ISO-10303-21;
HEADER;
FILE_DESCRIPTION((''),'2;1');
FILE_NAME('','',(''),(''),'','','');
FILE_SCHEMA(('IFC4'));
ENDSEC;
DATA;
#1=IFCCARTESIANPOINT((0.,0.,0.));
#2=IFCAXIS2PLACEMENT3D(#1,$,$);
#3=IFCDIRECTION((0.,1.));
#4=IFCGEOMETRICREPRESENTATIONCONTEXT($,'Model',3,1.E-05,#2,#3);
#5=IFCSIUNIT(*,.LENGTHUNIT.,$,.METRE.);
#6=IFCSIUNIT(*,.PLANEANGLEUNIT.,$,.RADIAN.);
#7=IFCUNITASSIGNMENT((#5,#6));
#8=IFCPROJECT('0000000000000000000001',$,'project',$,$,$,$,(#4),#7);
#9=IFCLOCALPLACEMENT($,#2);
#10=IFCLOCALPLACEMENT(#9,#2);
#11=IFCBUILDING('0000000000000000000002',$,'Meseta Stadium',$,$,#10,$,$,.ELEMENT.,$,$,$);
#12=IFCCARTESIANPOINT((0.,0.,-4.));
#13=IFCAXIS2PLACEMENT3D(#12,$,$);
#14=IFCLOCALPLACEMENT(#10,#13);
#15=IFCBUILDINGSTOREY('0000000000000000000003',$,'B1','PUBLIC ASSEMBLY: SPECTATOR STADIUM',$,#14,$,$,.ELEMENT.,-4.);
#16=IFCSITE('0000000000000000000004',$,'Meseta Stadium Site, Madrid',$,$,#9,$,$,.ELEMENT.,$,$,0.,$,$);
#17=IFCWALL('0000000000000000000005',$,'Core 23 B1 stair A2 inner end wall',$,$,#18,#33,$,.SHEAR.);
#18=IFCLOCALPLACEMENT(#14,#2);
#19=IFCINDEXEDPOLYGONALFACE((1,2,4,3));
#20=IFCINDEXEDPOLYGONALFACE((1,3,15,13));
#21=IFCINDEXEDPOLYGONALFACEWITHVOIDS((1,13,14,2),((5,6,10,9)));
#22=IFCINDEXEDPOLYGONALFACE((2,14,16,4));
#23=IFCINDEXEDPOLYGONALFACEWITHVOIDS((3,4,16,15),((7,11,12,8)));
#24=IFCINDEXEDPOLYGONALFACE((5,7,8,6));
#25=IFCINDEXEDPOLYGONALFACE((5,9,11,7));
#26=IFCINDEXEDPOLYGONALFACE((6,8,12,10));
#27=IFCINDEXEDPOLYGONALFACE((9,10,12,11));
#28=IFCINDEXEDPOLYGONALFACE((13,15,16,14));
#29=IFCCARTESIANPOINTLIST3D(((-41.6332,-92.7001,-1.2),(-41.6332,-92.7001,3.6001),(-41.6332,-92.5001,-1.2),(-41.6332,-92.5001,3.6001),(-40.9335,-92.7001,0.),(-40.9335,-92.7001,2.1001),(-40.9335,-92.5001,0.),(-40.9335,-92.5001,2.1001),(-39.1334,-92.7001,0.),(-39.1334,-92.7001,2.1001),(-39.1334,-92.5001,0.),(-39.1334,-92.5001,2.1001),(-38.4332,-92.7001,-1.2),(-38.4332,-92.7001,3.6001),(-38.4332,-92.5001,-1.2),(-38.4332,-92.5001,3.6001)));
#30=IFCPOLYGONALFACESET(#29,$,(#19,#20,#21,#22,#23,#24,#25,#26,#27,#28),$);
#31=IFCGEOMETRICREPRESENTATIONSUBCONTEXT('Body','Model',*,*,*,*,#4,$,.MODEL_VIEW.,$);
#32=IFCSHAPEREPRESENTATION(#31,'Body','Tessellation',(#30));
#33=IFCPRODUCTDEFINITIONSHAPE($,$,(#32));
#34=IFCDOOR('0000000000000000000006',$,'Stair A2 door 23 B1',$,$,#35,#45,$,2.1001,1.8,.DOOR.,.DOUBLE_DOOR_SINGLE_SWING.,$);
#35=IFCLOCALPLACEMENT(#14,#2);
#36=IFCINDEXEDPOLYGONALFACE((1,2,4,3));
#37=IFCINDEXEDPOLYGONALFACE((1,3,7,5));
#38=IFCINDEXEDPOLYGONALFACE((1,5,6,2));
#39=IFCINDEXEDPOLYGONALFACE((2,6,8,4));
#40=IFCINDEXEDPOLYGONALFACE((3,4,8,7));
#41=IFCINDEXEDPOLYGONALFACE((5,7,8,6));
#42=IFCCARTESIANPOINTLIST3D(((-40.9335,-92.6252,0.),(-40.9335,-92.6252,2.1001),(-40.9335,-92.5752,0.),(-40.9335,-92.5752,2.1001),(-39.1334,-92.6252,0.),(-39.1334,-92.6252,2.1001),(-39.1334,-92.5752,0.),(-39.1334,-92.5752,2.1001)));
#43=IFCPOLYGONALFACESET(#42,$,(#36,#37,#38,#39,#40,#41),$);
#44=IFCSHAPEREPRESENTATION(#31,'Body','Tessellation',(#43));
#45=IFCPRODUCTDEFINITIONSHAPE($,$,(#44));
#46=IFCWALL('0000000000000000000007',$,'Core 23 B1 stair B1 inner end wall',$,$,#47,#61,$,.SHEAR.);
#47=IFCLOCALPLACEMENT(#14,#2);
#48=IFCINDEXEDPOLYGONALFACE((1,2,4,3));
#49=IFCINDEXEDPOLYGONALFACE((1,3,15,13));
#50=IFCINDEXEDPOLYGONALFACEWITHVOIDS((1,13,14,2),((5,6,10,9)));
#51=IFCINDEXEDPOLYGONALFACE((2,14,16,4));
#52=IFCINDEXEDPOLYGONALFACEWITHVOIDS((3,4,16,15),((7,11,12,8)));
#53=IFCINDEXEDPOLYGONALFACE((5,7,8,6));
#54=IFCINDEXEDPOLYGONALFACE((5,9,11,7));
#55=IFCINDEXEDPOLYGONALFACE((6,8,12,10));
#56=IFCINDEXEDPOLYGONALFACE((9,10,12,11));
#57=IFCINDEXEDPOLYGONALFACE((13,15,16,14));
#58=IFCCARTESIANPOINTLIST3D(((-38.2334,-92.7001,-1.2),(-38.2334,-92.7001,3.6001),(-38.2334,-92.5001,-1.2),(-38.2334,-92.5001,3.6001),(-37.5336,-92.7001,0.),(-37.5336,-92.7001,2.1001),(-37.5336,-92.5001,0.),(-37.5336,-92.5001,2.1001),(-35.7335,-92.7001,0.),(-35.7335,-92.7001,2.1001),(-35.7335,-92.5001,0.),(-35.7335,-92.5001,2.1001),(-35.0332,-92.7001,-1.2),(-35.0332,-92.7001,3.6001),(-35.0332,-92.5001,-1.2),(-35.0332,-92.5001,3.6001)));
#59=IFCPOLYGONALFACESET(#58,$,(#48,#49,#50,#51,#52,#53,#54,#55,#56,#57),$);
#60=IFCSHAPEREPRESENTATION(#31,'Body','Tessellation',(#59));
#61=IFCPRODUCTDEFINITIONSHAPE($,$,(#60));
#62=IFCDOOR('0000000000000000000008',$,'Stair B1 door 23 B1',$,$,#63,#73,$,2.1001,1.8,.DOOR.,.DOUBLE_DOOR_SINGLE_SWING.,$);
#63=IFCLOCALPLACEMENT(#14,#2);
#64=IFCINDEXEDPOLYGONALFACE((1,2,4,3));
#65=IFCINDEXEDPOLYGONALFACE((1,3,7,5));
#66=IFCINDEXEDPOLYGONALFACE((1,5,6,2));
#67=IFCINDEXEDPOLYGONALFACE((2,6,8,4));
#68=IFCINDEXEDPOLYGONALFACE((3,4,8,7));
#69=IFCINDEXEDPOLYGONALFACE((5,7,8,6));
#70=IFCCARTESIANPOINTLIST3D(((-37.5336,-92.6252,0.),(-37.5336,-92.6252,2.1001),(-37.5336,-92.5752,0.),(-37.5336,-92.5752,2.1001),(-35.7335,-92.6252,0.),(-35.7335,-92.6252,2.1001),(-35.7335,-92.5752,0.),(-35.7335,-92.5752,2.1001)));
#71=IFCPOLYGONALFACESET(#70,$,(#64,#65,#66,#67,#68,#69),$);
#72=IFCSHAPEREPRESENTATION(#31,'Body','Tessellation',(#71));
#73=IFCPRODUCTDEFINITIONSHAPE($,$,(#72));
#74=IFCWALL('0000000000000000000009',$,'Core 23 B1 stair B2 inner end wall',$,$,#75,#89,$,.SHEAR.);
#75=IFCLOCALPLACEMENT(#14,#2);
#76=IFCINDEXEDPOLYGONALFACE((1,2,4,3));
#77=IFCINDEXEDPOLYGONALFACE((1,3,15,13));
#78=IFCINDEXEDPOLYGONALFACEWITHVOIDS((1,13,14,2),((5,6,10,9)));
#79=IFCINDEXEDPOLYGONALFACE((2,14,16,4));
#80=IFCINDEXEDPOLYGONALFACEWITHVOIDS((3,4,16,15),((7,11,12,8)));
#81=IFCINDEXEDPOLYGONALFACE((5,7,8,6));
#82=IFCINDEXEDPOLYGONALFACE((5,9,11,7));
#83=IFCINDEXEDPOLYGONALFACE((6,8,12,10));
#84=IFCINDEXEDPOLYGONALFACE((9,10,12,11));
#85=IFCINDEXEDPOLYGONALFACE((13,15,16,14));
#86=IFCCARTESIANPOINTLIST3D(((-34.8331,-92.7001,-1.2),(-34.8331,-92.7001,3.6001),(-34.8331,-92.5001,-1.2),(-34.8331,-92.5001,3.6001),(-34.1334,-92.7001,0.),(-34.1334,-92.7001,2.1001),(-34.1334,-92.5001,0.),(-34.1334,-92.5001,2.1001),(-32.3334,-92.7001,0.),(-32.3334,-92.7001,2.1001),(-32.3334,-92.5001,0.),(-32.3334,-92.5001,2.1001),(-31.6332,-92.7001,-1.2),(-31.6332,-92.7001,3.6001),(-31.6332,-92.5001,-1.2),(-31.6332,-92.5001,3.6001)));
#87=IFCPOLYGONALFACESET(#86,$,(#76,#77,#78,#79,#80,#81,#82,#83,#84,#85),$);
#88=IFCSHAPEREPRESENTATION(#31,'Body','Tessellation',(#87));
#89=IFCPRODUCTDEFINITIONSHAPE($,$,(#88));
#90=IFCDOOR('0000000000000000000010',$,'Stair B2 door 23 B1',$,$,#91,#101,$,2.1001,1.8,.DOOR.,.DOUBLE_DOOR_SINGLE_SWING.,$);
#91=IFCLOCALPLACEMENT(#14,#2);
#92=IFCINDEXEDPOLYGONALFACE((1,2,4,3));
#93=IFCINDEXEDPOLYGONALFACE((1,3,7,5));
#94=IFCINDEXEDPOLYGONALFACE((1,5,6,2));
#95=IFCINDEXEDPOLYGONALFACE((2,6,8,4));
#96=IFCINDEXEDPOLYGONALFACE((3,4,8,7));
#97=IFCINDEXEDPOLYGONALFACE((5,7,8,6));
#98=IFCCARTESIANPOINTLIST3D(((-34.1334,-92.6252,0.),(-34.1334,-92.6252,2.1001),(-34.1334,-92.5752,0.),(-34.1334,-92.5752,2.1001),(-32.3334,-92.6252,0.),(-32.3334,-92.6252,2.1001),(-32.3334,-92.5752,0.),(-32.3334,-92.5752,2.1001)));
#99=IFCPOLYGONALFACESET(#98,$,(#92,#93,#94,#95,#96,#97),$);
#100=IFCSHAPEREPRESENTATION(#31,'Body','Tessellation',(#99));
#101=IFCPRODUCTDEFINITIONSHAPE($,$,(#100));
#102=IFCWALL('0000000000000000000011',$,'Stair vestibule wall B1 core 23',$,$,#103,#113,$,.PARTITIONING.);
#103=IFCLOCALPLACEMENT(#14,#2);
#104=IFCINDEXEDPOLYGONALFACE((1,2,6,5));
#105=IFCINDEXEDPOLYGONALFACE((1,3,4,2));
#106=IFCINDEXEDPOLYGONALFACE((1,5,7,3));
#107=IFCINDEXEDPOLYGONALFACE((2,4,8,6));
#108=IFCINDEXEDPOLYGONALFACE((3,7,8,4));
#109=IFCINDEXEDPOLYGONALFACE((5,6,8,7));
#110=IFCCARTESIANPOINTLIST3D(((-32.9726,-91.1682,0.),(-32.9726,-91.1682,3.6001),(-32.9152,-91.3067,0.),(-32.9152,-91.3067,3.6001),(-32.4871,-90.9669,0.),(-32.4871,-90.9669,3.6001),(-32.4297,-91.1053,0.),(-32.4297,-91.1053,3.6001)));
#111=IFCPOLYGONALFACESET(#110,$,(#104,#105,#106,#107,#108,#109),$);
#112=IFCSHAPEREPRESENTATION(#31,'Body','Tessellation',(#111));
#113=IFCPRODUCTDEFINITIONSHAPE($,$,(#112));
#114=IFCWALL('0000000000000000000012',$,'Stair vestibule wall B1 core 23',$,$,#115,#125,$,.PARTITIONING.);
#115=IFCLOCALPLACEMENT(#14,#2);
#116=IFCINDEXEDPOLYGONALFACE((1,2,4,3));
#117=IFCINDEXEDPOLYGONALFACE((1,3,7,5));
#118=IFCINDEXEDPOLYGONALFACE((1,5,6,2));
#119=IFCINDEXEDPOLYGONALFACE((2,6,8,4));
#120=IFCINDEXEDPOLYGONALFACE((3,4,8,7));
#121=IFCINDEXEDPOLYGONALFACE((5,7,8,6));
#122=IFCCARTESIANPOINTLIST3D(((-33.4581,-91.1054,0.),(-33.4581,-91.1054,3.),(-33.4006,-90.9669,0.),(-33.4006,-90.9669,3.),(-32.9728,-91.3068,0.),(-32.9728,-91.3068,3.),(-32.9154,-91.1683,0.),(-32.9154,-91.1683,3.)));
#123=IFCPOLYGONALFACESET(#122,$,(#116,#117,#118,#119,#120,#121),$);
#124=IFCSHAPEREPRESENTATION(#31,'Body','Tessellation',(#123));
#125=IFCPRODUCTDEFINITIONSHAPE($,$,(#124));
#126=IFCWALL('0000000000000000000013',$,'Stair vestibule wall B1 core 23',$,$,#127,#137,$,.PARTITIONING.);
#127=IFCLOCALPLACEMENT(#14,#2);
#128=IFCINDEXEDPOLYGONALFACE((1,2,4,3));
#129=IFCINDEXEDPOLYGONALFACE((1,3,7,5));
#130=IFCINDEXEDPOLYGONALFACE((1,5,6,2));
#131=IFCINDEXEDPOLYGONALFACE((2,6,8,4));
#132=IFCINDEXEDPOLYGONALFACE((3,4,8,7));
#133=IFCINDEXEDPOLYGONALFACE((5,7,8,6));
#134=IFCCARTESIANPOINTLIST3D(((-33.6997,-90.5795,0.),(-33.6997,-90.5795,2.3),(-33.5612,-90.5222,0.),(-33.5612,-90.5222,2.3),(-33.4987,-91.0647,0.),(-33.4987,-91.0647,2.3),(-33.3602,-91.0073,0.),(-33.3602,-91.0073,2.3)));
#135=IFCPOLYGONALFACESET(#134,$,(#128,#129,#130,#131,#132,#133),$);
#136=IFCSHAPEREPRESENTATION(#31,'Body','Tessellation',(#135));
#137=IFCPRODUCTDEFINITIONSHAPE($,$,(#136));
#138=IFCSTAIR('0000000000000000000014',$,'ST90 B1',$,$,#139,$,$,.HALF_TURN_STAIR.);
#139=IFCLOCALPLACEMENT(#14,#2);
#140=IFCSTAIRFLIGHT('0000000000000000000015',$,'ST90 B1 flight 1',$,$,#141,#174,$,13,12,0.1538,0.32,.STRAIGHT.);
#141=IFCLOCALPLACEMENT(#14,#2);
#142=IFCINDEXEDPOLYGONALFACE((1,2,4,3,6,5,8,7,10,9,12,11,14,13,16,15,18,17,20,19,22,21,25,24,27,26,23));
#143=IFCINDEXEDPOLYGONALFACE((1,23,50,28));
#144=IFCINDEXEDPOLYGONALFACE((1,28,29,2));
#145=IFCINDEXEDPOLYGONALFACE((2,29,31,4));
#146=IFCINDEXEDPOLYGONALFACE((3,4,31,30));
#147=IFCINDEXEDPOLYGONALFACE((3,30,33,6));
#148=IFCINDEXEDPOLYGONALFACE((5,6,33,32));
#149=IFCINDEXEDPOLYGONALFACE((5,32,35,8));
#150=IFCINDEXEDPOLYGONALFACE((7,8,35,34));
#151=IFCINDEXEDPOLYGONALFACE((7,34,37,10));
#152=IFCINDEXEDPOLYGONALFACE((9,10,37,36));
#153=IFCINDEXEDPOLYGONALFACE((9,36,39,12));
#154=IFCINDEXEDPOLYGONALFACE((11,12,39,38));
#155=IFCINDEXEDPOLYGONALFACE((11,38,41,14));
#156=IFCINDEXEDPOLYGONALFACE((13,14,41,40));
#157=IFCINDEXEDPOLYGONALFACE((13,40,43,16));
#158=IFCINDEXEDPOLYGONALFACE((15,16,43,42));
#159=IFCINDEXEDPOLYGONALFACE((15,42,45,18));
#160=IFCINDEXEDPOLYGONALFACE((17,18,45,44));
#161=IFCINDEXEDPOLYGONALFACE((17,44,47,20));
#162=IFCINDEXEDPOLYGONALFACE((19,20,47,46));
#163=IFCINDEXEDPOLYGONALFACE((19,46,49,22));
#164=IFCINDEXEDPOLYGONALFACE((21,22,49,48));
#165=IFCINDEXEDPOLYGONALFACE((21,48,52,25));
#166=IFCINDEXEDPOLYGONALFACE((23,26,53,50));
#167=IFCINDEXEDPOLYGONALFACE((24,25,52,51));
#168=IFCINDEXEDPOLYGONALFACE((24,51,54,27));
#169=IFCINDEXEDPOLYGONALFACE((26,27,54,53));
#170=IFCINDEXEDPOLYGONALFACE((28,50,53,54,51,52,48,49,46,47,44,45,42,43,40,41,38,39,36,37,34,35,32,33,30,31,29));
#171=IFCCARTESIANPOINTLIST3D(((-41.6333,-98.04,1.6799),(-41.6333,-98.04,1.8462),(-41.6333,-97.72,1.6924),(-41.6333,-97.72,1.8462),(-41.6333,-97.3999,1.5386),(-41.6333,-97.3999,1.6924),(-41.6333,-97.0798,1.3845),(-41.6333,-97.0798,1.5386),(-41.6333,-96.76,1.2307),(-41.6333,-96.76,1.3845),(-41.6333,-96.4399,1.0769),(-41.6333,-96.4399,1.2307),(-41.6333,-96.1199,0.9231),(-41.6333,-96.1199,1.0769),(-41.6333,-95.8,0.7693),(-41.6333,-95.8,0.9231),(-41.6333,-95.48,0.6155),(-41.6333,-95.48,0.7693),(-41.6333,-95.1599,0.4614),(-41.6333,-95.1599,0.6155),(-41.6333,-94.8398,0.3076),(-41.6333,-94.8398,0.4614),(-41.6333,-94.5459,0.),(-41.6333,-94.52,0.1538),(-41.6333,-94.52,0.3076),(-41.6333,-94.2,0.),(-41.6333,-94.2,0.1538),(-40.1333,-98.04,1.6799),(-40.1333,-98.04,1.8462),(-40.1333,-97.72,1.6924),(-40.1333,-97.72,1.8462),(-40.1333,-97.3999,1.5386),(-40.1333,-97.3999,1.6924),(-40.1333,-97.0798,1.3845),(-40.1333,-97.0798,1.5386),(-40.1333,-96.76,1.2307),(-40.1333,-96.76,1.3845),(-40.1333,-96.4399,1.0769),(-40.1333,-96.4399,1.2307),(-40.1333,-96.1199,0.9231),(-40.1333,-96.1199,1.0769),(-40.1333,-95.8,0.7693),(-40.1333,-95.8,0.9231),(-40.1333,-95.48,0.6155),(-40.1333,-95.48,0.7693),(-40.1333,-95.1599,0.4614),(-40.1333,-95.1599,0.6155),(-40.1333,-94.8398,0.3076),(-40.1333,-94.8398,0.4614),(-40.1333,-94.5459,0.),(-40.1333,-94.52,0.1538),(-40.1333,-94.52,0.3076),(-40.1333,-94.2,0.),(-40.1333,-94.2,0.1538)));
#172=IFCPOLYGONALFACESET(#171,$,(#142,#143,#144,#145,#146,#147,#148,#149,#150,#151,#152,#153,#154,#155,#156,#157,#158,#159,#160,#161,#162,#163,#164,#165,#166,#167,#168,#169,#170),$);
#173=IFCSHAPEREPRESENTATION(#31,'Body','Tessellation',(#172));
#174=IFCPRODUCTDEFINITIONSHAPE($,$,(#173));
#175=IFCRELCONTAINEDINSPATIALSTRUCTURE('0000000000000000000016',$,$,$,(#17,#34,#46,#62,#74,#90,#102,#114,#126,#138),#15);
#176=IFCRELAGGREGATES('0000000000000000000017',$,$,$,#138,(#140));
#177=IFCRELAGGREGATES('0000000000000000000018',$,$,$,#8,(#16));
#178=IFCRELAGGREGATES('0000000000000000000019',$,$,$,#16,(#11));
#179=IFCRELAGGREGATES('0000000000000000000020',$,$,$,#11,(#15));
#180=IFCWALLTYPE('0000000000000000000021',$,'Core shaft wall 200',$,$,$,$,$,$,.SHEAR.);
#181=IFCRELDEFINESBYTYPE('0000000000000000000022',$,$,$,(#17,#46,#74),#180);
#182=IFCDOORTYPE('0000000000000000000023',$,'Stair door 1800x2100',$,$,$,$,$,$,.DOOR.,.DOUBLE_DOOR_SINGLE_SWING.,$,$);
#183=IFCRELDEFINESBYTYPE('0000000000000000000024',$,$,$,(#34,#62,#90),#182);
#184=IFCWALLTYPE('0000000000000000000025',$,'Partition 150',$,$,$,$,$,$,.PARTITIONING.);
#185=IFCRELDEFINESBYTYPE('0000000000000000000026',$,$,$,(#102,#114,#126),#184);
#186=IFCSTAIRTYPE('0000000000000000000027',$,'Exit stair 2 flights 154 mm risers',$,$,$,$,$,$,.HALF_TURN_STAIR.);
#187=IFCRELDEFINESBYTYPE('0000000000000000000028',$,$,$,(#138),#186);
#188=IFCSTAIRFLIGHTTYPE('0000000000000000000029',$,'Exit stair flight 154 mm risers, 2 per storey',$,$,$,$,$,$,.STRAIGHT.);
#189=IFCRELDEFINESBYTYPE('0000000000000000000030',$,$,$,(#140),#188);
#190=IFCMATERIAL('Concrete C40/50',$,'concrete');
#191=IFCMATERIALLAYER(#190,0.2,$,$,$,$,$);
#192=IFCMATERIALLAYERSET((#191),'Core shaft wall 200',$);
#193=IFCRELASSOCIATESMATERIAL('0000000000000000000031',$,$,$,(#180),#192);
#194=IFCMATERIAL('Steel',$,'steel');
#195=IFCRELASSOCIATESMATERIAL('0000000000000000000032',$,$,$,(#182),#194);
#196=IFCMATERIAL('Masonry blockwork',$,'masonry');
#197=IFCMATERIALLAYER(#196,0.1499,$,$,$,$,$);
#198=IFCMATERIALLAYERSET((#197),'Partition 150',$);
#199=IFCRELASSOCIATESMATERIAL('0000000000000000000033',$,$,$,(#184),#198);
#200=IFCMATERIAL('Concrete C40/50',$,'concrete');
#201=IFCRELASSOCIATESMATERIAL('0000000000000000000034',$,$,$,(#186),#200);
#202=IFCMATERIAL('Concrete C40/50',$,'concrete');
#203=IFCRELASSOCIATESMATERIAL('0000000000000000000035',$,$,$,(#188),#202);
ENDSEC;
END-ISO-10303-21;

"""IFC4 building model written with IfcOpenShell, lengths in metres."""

from ifc_helpers import new_model, si_unit, direction, frame, frame_2d, origin, place, context, subcontext, project, spatial, polyline, rectangle, outline, extrude, material, layer, layer_set, type_object, element, fill, aggregate, save


model = new_model("IFC4")

# Units and contexts
model_context = context("Model", 3, precision=1e-05, world=origin(), true_north=direction((0.0, 1.0)))
body_context = subcontext(model_context, "Body", "Model", "MODEL_VIEW")
ifc_project = project(units=[si_unit("LENGTHUNIT", "METRE"), si_unit("PLANEANGLEUNIT", "RADIAN")], contexts=[model_context])

# Site, building, storey
site_placement = place(None, origin())
site = spatial("IfcSite", under=ifc_project, at=site_placement, Name="Meseta Stadium Site, Madrid", CompositionType="ELEMENT", RefElevation=0.0)
building_placement = place(site_placement, origin())
building = spatial("IfcBuilding", under=site, at=building_placement, Name="Meseta Stadium", CompositionType="ELEMENT")
storey_placement = place(building_placement, frame((0.0, 0.0, -4.0)))
storey = spatial("IfcBuildingStorey", under=building, at=storey_placement, Name="B1", Description="PUBLIC ASSEMBLY: SPECTATOR STADIUM", CompositionType="ELEMENT", Elevation=-4.0)

# Walls, openings, doors
ifc_material_1 = material(Name="Concrete C40/50", Category="concrete")
ifc_layer_1 = layer(ifc_material_1, 0.2)
ifc_layer_set_1 = layer_set([ifc_layer_1], Name="Core shaft wall 200")
wall_type_1 = type_object("IfcWallType", Name="Core shaft wall 200", PredefinedType="SHEAR", material=ifc_layer_set_1)
wall_1_placement = place(storey_placement, frame((-41.6333, -92.6001, -1.2), z_axis=(0.0, 0.0, 1.0), x_axis=(1.0, 0.0, 0.0)))
wall_1 = element("IfcWall", 1, at=wall_1_placement, inside=storey, type_object=wall_type_1, Name="Core 23 B1 stair A2 inner end wall", PredefinedType="SHEAR", context=body_context, shape_type="SweptSolid", body=[
    extrude(rectangle(XDim=3.2, YDim=0.2, at=frame_2d((1.6001, 0.0))), origin(), (0.0, 0.0, 1.0), 4.8),
])
opening_1_placement = place(wall_1_placement, frame((0.7, 0.0, 1.2)))
opening_1 = element("IfcOpeningElement", 2, at=opening_1_placement, cuts=wall_1, PredefinedType="OPENING", context=body_context, shape_type="SweptSolid", body=[
    extrude(rectangle(XDim=1.8, YDim=2.1001, at=frame_2d((0.8999, 1.05))), frame((0.0, 0.1099, 0.0), z_axis=(0.0, -1.0, 0.0), x_axis=(1.0, 0.0, 0.0)), (0.0, 0.0, 1.0), 0.22),
])
ifc_material_2 = material(Name="Steel", Category="steel")
door_type = type_object("IfcDoorType", Name="Stair door 1800x2100", OperationType="DOUBLE_DOOR_SINGLE_SWING", PredefinedType="DOOR", material=ifc_material_2)
door_1_placement = place(opening_1_placement, origin())
door_1 = element("IfcDoor", 3, at=door_1_placement, inside=storey, type_object=door_type, Name="Stair A2 door 23 B1", OperationType="DOUBLE_DOOR_SINGLE_SWING", OverallHeight=2.1001, OverallWidth=1.8, PredefinedType="DOOR", context=body_context, shape_type="SweptSolid", body=[
    extrude(rectangle(XDim=1.8, YDim=2.1001, at=frame_2d((0.8999, 1.05))), frame((0.0, 0.0249, 0.0), z_axis=(0.0, -1.0, 0.0), x_axis=(1.0, 0.0, 0.0)), (0.0, 0.0, 1.0), 0.05),
])
fill(opening_1, door_1)
wall_2_placement = place(storey_placement, frame((-38.2334, -92.6001, -1.2), z_axis=(0.0, 0.0, 1.0), x_axis=(1.0, 0.0, 0.0)))
wall_2 = element("IfcWall", 4, at=wall_2_placement, inside=storey, type_object=wall_type_1, Name="Core 23 B1 stair B1 inner end wall", PredefinedType="SHEAR", context=body_context, shape_type="SweptSolid", body=[
    extrude(rectangle(XDim=3.2002, YDim=0.2, at=frame_2d((1.6001, 0.0))), origin(), (0.0, 0.0, 1.0), 4.8),
])
opening_2_placement = place(wall_2_placement, frame((0.7, 0.0, 1.2)))
opening_2 = element("IfcOpeningElement", 5, at=opening_2_placement, cuts=wall_2, PredefinedType="OPENING", context=body_context, shape_type="SweptSolid", body=[
    extrude(rectangle(XDim=1.8, YDim=2.1001, at=frame_2d((0.8999, 1.05))), frame((0.0, 0.1099, 0.0), z_axis=(0.0, -1.0, 0.0), x_axis=(1.0, 0.0, 0.0)), (0.0, 0.0, 1.0), 0.22),
])
door_2_placement = place(opening_2_placement, origin())
door_2 = element("IfcDoor", 6, at=door_2_placement, inside=storey, type_object=door_type, Name="Stair B1 door 23 B1", OperationType="DOUBLE_DOOR_SINGLE_SWING", OverallHeight=2.1001, OverallWidth=1.8, PredefinedType="DOOR", context=body_context, shape_type="SweptSolid", body=[
    extrude(rectangle(XDim=1.8, YDim=2.1001, at=frame_2d((0.8999, 1.05))), frame((0.0, 0.0249, 0.0), z_axis=(0.0, -1.0, 0.0), x_axis=(1.0, 0.0, 0.0)), (0.0, 0.0, 1.0), 0.05),
])
fill(opening_2, door_2)
wall_3_placement = place(storey_placement, frame((-34.8333, -92.6001, -1.2), z_axis=(0.0, 0.0, 1.0), x_axis=(1.0, 0.0, 0.0)))
wall_3 = element("IfcWall", 7, at=wall_3_placement, inside=storey, type_object=wall_type_1, Name="Core 23 B1 stair B2 inner end wall", PredefinedType="SHEAR", context=body_context, shape_type="SweptSolid", body=[
    extrude(rectangle(XDim=3.2, YDim=0.2, at=frame_2d((1.6001, 0.0))), origin(), (0.0, 0.0, 1.0), 4.8),
])
opening_3_placement = place(wall_3_placement, frame((0.7, 0.0, 1.2)))
opening_3 = element("IfcOpeningElement", 8, at=opening_3_placement, cuts=wall_3, PredefinedType="OPENING", context=body_context, shape_type="SweptSolid", body=[
    extrude(rectangle(XDim=1.8, YDim=2.1001, at=frame_2d((0.8999, 1.05))), frame((0.0, 0.1099, 0.0), z_axis=(0.0, -1.0, 0.0), x_axis=(1.0, 0.0, 0.0)), (0.0, 0.0, 1.0), 0.22),
])
door_3_placement = place(opening_3_placement, origin())
door_3 = element("IfcDoor", 9, at=door_3_placement, inside=storey, type_object=door_type, Name="Stair B2 door 23 B1", OperationType="DOUBLE_DOOR_SINGLE_SWING", OverallHeight=2.1001, OverallWidth=1.8, PredefinedType="DOOR", context=body_context, shape_type="SweptSolid", body=[
    extrude(rectangle(XDim=1.8, YDim=2.1001, at=frame_2d((0.8999, 1.05))), frame((0.0, 0.0249, 0.0), z_axis=(0.0, -1.0, 0.0), x_axis=(1.0, 0.0, 0.0)), (0.0, 0.0, 1.0), 0.05),
])
fill(opening_3, door_3)

# Walls
ifc_material_3 = material(Name="Masonry blockwork", Category="masonry")
ifc_layer_2 = layer(ifc_material_3, 0.1499)
ifc_layer_set_2 = layer_set([ifc_layer_2], Name="Partition 150")
wall_type_2 = type_object("IfcWallType", Name="Partition 150", PredefinedType="PARTITIONING", material=ifc_layer_set_2)
wall_4_placement = place(storey_placement, frame((-32.4585, -91.0361, 0.0), z_axis=(0.0, 0.0, 1.0), x_axis=(-0.923694, -0.383131, 0.0)))
element("IfcWall", 10, at=wall_4_placement, inside=storey, type_object=wall_type_2, Name="Stair vestibule wall B1 core 23", PredefinedType="PARTITIONING", context=body_context, shape_type="SweptSolid", body=[
    extrude(rectangle(XDim=0.5256, YDim=0.1499, at=frame_2d((0.2627, 0.0))), origin(), (0.0, 0.0, 1.0), 3.6001),
])
wall_5_placement = place(storey_placement, frame((-32.9441, -91.2375, 0.0), z_axis=(0.0, 0.0, 1.0), x_axis=(-0.923626, 0.383295, 0.0)))
element("IfcWall", 11, at=wall_5_placement, inside=storey, type_object=wall_type_2, Name="Stair vestibule wall B1 core 23", PredefinedType="PARTITIONING", context=body_context, shape_type="SweptSolid", body=[
    extrude(rectangle(XDim=0.5254, YDim=0.1499, at=frame_2d((0.2627, 0.0))), origin(), (0.0, 0.0, 1.0), 3.0),
])
wall_6_placement = place(storey_placement, frame((-33.4294, -91.0361, 0.0), z_axis=(0.0, 0.0, 1.0), x_axis=(-0.382667, 0.923886, 0.0)))
element("IfcWall", 12, at=wall_6_placement, inside=storey, type_object=wall_type_2, Name="Stair vestibule wall B1 core 23", PredefinedType="PARTITIONING", context=body_context, shape_type="SweptSolid", body=[
    extrude(rectangle(XDim=0.5251, YDim=0.1499, at=frame_2d((0.2627, 0.0))), origin(), (0.0, 0.0, 1.0), 2.3),
])

# Stair, stair flight
ifc_material_4 = material(Name="Concrete C40/50", Category="concrete")
stair_type = type_object("IfcStairType", Name="Exit stair 2 flights 154 mm risers", PredefinedType="HALF_TURN_STAIR", material=ifc_material_4)
stair_1_placement = place(storey_placement, origin())
stair_1 = element("IfcStair", 13, at=stair_1_placement, inside=storey, type_object=stair_type, Name="ST90 B1", PredefinedType="HALF_TURN_STAIR")
ifc_material_5 = material(Name="Concrete C40/50", Category="concrete")
stair_flight_type = type_object("IfcStairFlightType", Name="Exit stair flight 154 mm risers, 2 per storey", PredefinedType="STRAIGHT", material=ifc_material_5)
stair_flight_1_placement = place(storey_placement, frame((-40.8833, -94.2, 0.0), z_axis=(0.0, 0.0, 1.0), x_axis=(0.0, -1.0, 0.0)))
stair_flight_1 = element("IfcStairFlight", 14, at=stair_flight_1_placement, type_object=stair_flight_type, Name="ST90 B1 flight 1", NumberOfRisers=13, NumberOfTreads=12, PredefinedType="STRAIGHT", RiserHeight=0.1538, TreadLength=0.32, context=body_context, shape_type="SweptSolid", body=[
    extrude(outline(polyline([(0.0, 0.0), (0.0, 0.1538), (0.3201, 0.1538), (0.3201, 0.3076), (0.6399, 0.3076), (0.6399, 0.4614), (0.96, 0.4614), (0.96, 0.6155), (1.28, 0.6155), (1.28, 0.7693), (1.6001, 0.7693), (1.6001, 0.9231), (1.9199, 0.9231), (1.9199, 1.0769), (2.24, 1.0769), (2.24, 1.2307), (2.5601, 1.2307), (2.5601, 1.3845), (2.8799, 1.3845), (2.8799, 1.5386), (3.2, 1.5386), (3.2, 1.6924), (3.52, 1.6924), (3.52, 1.8462), (3.8401, 1.8462), (3.8401, 1.6799), (0.3459, 0.0), (0.0, 0.0)])), frame((0.0, 0.75, 0.0), z_axis=(0.0, -1.0, 0.0), x_axis=(1.0, 0.0, 0.0)), (0.0, 0.0, 1.0), 1.5),
])
aggregate(stair_1, [stair_flight_1])

save(model, "model.ifc")
